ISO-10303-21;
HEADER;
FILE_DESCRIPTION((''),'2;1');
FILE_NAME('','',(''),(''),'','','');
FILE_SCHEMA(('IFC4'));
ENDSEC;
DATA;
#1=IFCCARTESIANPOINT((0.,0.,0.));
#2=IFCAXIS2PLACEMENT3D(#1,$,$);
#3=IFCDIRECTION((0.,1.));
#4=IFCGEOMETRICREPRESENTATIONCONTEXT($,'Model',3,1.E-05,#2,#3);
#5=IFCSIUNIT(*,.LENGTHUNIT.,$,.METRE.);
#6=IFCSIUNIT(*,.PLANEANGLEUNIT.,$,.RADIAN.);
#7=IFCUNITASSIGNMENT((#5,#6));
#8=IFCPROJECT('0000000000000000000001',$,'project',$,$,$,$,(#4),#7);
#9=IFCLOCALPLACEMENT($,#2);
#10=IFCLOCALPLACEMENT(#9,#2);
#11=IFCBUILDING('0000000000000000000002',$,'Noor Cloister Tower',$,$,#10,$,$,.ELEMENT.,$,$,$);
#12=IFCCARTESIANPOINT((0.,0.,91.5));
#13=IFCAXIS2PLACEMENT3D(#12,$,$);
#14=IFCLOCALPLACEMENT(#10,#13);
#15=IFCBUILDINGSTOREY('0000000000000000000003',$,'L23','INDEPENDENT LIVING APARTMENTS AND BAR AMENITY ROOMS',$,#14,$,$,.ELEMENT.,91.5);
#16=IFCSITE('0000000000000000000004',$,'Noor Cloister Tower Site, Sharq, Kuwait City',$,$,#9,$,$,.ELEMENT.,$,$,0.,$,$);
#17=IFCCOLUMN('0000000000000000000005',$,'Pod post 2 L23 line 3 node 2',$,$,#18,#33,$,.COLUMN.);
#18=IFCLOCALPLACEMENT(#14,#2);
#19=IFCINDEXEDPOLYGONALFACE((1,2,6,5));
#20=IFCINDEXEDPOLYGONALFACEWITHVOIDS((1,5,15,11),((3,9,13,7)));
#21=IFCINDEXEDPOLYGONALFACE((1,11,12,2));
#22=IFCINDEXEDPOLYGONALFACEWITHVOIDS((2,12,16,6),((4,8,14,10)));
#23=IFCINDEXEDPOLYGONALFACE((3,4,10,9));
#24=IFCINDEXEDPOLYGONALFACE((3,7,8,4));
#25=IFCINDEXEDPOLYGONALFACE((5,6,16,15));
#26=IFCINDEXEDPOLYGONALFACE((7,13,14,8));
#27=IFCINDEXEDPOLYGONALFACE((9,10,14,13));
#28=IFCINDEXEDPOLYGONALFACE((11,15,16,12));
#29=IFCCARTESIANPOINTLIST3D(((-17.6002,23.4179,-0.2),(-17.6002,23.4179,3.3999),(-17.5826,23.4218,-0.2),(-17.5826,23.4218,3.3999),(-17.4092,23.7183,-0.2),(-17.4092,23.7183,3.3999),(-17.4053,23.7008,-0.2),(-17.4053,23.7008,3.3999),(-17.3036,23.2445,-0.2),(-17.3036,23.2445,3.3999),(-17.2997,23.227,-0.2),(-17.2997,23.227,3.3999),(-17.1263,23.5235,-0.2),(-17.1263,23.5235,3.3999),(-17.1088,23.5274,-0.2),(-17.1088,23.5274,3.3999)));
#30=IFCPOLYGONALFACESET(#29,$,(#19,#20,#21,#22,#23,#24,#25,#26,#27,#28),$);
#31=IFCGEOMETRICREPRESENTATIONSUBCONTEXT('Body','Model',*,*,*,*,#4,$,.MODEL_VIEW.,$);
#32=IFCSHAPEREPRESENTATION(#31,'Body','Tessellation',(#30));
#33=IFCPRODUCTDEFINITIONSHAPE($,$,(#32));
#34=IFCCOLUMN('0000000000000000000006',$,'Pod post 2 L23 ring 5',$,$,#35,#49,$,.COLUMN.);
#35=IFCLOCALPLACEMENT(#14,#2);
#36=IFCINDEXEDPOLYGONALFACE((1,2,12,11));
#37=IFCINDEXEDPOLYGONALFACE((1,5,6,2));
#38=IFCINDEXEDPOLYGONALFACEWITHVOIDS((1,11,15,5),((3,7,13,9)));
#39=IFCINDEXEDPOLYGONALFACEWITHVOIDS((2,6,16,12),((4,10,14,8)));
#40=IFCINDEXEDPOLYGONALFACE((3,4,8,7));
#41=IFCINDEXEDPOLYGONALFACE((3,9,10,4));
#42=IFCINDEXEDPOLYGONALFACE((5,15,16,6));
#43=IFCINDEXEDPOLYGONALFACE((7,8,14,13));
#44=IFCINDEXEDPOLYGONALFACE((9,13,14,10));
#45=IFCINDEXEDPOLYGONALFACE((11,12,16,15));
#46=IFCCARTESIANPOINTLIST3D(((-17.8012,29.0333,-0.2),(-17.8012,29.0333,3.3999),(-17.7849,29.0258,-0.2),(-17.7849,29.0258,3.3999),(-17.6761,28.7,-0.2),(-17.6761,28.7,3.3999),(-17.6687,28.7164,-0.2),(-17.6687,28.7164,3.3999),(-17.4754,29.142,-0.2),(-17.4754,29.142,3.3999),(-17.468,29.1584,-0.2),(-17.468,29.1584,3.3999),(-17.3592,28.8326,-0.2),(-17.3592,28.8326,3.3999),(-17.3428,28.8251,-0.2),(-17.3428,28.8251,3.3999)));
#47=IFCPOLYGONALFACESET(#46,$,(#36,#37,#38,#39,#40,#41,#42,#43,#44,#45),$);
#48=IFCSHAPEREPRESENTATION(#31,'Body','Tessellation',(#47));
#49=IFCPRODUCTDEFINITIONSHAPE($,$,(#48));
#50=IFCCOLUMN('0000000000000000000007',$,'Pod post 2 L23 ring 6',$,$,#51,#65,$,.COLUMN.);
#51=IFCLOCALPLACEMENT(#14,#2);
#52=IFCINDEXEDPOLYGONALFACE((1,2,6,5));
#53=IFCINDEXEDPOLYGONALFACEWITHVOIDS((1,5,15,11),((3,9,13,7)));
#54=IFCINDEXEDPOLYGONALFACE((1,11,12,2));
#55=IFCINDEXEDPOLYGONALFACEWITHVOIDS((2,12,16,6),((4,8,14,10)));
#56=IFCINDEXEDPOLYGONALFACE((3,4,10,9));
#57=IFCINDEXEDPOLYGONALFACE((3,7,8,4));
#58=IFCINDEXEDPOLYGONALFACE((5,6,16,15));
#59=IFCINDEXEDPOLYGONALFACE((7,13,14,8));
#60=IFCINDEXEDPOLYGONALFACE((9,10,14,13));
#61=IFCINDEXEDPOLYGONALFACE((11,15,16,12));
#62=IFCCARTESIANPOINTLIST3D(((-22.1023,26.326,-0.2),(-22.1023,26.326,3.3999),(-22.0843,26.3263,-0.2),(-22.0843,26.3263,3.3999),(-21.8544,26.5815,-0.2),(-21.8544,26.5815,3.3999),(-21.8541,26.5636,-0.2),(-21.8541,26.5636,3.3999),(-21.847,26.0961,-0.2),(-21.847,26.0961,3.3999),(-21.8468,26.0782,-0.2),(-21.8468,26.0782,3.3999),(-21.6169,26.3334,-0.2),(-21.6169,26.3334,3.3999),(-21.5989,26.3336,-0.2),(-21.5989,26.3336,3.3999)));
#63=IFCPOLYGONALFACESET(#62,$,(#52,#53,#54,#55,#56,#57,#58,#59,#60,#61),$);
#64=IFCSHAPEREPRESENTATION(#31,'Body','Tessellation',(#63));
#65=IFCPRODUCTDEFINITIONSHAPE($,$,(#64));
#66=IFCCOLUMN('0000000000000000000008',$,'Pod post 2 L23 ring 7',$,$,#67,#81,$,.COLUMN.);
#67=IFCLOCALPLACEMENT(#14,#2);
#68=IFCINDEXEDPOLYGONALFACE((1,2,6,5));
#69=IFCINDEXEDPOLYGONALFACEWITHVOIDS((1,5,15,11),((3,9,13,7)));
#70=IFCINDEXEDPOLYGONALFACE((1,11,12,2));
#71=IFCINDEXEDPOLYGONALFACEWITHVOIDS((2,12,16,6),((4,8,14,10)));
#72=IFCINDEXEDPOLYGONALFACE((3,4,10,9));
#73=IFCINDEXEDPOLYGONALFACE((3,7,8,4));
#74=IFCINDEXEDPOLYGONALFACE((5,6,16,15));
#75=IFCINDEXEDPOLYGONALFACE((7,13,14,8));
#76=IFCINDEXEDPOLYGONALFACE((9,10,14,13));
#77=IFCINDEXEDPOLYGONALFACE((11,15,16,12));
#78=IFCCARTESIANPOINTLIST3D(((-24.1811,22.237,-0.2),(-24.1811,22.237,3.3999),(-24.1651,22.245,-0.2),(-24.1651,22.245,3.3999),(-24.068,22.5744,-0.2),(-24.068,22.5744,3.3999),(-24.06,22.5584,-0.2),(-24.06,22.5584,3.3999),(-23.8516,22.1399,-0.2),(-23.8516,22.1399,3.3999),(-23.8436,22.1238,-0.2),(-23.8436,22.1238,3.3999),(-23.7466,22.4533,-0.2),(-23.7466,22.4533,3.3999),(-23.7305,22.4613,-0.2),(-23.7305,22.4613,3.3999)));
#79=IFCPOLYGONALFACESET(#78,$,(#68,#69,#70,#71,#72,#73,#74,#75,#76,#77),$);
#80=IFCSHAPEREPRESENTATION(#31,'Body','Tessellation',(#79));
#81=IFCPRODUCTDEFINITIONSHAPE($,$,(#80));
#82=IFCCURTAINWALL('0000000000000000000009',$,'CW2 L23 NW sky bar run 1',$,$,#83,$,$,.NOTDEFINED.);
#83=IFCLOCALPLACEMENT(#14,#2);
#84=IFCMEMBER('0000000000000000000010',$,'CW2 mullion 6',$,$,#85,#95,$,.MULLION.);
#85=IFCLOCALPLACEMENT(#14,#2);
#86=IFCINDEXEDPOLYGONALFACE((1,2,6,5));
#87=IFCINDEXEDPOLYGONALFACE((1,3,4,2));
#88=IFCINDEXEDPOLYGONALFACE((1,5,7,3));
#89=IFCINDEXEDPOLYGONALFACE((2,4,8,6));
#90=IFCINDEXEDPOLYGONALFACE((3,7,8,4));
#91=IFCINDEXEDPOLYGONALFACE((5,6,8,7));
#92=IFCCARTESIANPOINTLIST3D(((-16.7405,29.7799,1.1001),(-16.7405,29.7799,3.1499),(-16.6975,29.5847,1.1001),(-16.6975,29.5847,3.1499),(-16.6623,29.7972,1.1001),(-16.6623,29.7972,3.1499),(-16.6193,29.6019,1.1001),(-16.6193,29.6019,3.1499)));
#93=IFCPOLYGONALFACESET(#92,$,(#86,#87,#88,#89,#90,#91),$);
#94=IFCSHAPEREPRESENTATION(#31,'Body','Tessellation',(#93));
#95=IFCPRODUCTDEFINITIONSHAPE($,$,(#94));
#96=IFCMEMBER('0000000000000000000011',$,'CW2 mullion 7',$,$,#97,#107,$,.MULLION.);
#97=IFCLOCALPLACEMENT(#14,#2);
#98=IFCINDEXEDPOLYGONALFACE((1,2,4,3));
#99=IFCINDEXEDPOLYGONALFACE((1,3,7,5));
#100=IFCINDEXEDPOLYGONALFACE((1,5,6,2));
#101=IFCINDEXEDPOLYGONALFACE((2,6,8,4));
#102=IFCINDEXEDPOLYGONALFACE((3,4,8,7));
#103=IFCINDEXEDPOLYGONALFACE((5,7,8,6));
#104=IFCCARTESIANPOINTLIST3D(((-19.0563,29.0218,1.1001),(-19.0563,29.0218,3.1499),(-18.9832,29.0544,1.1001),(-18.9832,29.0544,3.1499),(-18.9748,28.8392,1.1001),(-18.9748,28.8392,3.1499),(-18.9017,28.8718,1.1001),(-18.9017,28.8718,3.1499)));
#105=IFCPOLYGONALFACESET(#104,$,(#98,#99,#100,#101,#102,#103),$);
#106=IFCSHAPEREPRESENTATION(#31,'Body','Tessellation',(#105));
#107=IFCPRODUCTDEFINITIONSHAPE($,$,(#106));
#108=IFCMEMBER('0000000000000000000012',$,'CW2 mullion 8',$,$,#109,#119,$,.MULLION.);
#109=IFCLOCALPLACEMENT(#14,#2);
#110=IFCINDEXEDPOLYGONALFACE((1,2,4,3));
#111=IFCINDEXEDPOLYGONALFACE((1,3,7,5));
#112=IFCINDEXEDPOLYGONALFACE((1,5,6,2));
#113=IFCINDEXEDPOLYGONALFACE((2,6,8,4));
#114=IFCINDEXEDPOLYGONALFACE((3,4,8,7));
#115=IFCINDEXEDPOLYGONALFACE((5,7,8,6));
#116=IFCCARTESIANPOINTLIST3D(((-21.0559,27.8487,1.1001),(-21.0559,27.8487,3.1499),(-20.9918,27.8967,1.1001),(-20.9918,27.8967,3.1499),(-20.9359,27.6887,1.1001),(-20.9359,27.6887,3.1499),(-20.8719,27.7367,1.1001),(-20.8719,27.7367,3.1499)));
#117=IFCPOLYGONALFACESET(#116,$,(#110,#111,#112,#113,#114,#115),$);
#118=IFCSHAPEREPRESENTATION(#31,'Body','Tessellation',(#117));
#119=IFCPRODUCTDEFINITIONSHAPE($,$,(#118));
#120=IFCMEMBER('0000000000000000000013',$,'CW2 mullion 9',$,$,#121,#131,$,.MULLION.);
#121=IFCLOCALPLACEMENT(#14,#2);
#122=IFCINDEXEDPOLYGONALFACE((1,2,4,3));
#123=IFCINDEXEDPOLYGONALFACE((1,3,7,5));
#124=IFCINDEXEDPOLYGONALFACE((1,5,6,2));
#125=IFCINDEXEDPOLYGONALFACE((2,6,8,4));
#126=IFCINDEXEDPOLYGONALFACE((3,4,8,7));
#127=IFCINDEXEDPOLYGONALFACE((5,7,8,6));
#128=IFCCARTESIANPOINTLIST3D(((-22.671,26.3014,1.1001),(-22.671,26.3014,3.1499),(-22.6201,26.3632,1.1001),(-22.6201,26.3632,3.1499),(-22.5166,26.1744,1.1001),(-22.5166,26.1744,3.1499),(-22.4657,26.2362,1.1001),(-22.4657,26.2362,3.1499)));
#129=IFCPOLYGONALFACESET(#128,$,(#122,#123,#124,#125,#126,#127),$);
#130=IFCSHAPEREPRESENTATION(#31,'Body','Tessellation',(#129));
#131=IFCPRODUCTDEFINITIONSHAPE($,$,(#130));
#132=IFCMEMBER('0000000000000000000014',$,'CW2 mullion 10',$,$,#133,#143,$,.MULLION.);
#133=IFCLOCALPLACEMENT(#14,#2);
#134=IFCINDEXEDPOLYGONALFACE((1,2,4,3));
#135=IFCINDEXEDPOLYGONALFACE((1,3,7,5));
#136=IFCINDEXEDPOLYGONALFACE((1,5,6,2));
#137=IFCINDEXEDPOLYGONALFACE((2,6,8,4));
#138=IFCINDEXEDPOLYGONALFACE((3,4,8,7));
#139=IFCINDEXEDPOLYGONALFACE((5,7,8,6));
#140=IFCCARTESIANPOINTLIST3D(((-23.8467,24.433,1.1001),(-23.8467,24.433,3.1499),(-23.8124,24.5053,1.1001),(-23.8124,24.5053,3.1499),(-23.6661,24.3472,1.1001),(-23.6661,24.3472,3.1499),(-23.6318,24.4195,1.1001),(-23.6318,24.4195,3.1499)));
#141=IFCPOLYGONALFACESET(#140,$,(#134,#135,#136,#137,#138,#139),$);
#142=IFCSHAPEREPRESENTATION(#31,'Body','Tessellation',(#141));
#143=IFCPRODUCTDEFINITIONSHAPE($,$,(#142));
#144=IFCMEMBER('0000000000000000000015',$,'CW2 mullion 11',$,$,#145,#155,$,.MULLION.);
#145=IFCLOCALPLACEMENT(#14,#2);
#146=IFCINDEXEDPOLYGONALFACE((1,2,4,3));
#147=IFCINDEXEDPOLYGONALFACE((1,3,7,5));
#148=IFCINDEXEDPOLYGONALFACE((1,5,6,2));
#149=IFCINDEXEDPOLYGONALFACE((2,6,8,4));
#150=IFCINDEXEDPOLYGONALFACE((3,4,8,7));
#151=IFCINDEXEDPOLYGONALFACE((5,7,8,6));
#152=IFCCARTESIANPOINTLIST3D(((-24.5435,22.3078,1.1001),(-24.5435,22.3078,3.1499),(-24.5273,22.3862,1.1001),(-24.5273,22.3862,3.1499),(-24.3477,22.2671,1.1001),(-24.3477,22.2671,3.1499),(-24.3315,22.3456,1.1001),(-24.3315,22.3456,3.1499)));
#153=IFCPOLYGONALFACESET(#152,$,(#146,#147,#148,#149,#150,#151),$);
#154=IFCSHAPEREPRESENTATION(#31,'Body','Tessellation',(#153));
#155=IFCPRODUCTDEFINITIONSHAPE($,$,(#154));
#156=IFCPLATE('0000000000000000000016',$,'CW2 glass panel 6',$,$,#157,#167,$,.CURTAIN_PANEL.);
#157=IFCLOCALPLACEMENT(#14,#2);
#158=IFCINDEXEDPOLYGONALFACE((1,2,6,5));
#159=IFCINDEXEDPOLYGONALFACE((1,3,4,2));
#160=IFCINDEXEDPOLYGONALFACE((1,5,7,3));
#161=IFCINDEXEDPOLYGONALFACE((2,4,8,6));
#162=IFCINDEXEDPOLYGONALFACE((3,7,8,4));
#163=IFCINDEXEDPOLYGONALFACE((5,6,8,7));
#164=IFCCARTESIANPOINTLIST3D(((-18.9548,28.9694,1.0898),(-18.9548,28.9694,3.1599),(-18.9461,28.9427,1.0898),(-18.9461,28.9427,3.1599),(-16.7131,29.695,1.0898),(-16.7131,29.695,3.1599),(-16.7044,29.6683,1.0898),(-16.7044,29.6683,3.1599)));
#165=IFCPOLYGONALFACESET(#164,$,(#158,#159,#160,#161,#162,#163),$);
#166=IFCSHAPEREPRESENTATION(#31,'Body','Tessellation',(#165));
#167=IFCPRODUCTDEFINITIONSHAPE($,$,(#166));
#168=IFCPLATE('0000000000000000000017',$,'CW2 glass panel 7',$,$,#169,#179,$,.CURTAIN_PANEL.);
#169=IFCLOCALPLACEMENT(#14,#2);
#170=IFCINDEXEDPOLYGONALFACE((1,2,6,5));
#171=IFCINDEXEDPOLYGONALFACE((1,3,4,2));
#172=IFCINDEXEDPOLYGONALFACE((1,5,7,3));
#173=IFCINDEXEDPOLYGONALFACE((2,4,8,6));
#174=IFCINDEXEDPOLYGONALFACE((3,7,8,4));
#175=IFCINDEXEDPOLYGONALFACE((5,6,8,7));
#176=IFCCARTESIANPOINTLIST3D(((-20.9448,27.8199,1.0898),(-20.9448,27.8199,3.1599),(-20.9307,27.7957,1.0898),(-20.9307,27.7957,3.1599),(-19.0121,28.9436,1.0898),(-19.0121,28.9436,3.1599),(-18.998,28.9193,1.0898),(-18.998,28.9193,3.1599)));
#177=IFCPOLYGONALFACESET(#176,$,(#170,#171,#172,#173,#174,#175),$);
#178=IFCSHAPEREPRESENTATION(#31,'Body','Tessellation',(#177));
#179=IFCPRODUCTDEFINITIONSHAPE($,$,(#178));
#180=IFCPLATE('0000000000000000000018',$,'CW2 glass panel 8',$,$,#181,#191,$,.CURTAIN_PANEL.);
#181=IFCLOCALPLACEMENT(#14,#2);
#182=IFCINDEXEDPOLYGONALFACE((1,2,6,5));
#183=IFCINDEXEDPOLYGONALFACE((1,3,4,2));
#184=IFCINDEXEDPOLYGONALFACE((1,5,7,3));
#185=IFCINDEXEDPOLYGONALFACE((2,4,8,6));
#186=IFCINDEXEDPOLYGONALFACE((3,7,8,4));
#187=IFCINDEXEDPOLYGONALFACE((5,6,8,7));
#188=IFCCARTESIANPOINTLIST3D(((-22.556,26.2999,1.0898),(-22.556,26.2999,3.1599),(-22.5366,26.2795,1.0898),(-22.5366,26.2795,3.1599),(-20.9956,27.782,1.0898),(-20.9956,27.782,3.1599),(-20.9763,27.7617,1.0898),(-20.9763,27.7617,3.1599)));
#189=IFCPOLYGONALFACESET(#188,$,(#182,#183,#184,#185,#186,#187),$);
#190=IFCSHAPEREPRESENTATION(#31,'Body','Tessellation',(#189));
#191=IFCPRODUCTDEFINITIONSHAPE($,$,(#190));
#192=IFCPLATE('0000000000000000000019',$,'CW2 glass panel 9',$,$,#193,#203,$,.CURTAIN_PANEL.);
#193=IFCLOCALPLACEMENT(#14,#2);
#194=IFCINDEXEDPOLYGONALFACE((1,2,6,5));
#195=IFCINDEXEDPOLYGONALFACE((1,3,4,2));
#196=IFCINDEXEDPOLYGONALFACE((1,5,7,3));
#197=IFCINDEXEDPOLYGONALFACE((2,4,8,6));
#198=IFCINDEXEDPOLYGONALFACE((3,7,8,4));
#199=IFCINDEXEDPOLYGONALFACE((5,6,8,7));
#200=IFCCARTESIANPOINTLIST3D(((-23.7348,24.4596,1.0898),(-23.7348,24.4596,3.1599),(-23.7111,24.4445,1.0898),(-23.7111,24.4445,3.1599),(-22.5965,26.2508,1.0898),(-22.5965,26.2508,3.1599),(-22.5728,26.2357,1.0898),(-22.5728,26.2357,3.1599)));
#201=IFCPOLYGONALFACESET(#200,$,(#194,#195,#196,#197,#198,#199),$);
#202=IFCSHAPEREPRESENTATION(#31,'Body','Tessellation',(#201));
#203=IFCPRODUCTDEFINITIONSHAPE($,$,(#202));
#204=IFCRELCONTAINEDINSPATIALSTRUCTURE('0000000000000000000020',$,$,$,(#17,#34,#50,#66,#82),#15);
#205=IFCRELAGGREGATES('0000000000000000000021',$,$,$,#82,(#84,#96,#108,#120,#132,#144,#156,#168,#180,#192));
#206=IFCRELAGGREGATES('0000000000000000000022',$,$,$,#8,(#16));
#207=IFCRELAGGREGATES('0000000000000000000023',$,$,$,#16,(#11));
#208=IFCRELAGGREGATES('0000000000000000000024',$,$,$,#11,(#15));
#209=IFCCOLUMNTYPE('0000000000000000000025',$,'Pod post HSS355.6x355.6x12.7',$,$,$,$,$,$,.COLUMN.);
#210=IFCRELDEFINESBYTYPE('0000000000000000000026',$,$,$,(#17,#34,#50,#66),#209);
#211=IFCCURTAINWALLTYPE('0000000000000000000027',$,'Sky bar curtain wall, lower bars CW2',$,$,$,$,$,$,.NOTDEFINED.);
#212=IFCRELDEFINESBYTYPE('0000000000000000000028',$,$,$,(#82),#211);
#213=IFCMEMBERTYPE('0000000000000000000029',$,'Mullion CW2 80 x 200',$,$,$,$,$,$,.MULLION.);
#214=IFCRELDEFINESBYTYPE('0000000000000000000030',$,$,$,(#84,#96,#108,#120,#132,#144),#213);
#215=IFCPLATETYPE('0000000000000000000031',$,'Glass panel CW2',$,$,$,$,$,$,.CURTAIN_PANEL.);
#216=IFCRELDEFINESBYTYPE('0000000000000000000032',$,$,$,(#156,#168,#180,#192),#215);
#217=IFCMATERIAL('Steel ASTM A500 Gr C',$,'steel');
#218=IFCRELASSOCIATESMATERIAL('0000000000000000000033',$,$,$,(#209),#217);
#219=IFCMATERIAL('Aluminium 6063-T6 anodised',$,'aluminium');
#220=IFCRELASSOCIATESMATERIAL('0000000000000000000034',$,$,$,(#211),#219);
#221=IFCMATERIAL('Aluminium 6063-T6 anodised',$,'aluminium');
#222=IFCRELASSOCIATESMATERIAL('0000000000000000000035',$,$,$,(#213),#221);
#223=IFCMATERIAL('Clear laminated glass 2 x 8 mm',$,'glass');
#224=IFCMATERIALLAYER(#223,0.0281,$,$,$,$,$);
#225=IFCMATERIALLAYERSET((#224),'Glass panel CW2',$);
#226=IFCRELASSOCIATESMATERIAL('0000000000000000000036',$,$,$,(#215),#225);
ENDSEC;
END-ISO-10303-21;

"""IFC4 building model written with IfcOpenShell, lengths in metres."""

from ifc_helpers import new_model, si_unit, direction, frame, origin, origin_2d, place, context, subcontext, project, spatial, rectangle, hollow_rectangle, extrude, material, layer, layer_set, material_profile, profile_set, type_object, element, aggregate, save


model = new_model("IFC4")

# Units and contexts
model_context = context("Model", 3, precision=1e-05, world=origin(), true_north=direction((0.0, 1.0)))
body_context = subcontext(model_context, "Body", "Model", "MODEL_VIEW")
ifc_project = project(units=[si_unit("LENGTHUNIT", "METRE"), si_unit("PLANEANGLEUNIT", "RADIAN")], contexts=[model_context])

# Site, building, storey
site_placement = place(None, origin())
site = spatial("IfcSite", under=ifc_project, at=site_placement, Name="Noor Cloister Tower Site, Sharq, Kuwait City", CompositionType="ELEMENT", RefElevation=0.0)
building_placement = place(site_placement, origin())
building = spatial("IfcBuilding", under=site, at=building_placement, Name="Noor Cloister Tower", CompositionType="ELEMENT")
storey_placement = place(building_placement, frame((0.0, 0.0, 91.5)))
storey = spatial("IfcBuildingStorey", under=building, at=storey_placement, Name="L23", Description="INDEPENDENT LIVING APARTMENTS AND BAR AMENITY ROOMS", CompositionType="ELEMENT", Elevation=91.5)

# Columns
ifc_material_1 = material(Name="Steel ASTM A500 Gr C", Category="steel")
ifc_material_profile_1 = material_profile(ifc_material_1, hollow_rectangle(XDim=0.356, YDim=0.356, WallThickness=0.0127, at=origin_2d()), Name="HSS355.6x355.6x12.7")
ifc_profile_set_1 = profile_set([ifc_material_profile_1], Name="Steel ASTM A500 Gr C")
column_type = type_object("IfcColumnType", Name="Pod post HSS355.6x355.6x12.7", PredefinedType="COLUMN", material=ifc_profile_set_1)
for number, where, z_axis, x_axis, name in (
    (1, (-17.3545, 23.4727, -0.2), (0.0, 0.0, 1.0), (-0.843996, 0.53635, 0.0), "Pod post 2 L23 line 3 node 2"),
    (2, (-17.572, 28.9292, -0.2), (0.0, 0.0, 1.0), (-0.936173, -0.351541, 0.0), "Pod post 2 L23 ring 5"),
    (3, (-21.8506, 26.3298, -0.2), (0.0, 0.0, 1.0), (-0.696323, -0.717728, 0.0), "Pod post 2 L23 ring 6"),
    (4, (-23.9558, 22.3491, -0.2), (0.0, 0.0, 1.0), (-0.317909, -0.948121, 0.0), "Pod post 2 L23 ring 7"),
):
    element("IfcColumn", number, at=place(storey_placement, frame(where, z_axis=z_axis, x_axis=x_axis)), inside=storey, type_object=column_type, Name=name, PredefinedType="COLUMN", context=body_context, shape_type="SweptSolid", body=[
        extrude(hollow_rectangle(XDim=0.356, YDim=0.356, WallThickness=0.0127, at=origin_2d()), origin(), (0.0, 0.0, 1.0), 3.5999),
    ])

# Curtain wall, members, plates
ifc_material_2 = material(Name="Aluminium 6063-T6 anodised", Category="aluminium")
curtain_wall_type = type_object("IfcCurtainWallType", Name="Sky bar curtain wall, lower bars CW2", PredefinedType="NOTDEFINED", material=ifc_material_2)
curtain_wall_placement = place(storey_placement, origin())
curtain_wall = element("IfcCurtainWall", 5, at=curtain_wall_placement, inside=storey, type_object=curtain_wall_type, Name="CW2 L23 NW sky bar run 1", PredefinedType="NOTDEFINED")
ifc_material_3 = material(Name="Aluminium 6063-T6 anodised", Category="aluminium")
ifc_material_profile_2 = material_profile(ifc_material_3, rectangle(XDim=0.2, YDim=0.0801, at=origin_2d()), Name="200 x 80 mullion")
ifc_profile_set_2 = profile_set([ifc_material_profile_2], Name="Aluminium 6063-T6 anodised")
member_type = type_object("IfcMemberType", Name="Mullion CW2 80 x 200", PredefinedType="MULLION", material=ifc_profile_set_2)
member_1_placement = place(storey_placement, frame((-16.6799, 29.6909, 1.1001), z_axis=(0.0, 0.0, 1.0), x_axis=(0.215218, -0.976566, 0.0)))
member_1 = element("IfcMember", 6, at=member_1_placement, type_object=member_type, Name="CW2 mullion 6", PredefinedType="MULLION", context=body_context, shape_type="SweptSolid", body=[
    extrude(rectangle(XDim=0.2, YDim=0.0801, at=origin_2d()), origin(), (0.0, 0.0, 1.0), 2.0498),
])
member_2_placement = place(storey_placement, frame((-18.979, 28.9468, 1.1001), z_axis=(0.0, 0.0, 1.0), x_axis=(0.407604, -0.913159, 0.0)))
member_2 = element("IfcMember", 7, at=member_2_placement, type_object=member_type, Name="CW2 mullion 7", PredefinedType="MULLION", context=body_context, shape_type="SweptSolid", body=[
    extrude(rectangle(XDim=0.2, YDim=0.0801, at=origin_2d()), origin(), (0.0, 0.0, 1.0), 2.0498),
])
member_3_placement = place(storey_placement, frame((-20.9639, 27.7927, 1.1001), z_axis=(0.0, 0.0, 1.0), x_axis=(0.599729, -0.800203, 0.0)))
member_3 = element("IfcMember", 8, at=member_3_placement, type_object=member_type, Name="CW2 mullion 8", PredefinedType="MULLION", context=body_context, shape_type="SweptSolid", body=[
    extrude(rectangle(XDim=0.2, YDim=0.0801, at=origin_2d()), origin(), (0.0, 0.0, 1.0), 2.0498),
])
member_4_placement = place(storey_placement, frame((-22.5684, 26.2688, 1.1001), z_axis=(0.0, 0.0, 1.0), x_axis=(0.772133, -0.635461, 0.0)))
member_4 = element("IfcMember", 9, at=member_4_placement, type_object=member_type, Name="CW2 mullion 9", PredefinedType="MULLION", context=body_context, shape_type="SweptSolid", body=[
    extrude(rectangle(XDim=0.2, YDim=0.0801, at=origin_2d()), origin(), (0.0, 0.0, 1.0), 2.0498),
])
member_5_placement = place(storey_placement, frame((-23.7393, 24.4263, 1.1001), z_axis=(0.0, 0.0, 1.0), x_axis=(0.903209, -0.429201, 0.0)))
member_5 = element("IfcMember", 10, at=member_5_placement, type_object=member_type, Name="CW2 mullion 10", PredefinedType="MULLION", context=body_context, shape_type="SweptSolid", body=[
    extrude(rectangle(XDim=0.2, YDim=0.0801, at=origin_2d()), origin(), (0.0, 0.0, 1.0), 2.0498),
])
member_6_placement = place(storey_placement, frame((-24.4375, 22.3267, 1.1001), z_axis=(0.0, 0.0, 1.0), x_axis=(0.979147, -0.203155, 0.0)))
member_6 = element("IfcMember", 11, at=member_6_placement, type_object=member_type, Name="CW2 mullion 11", PredefinedType="MULLION", context=body_context, shape_type="SweptSolid", body=[
    extrude(rectangle(XDim=0.2, YDim=0.0801, at=origin_2d()), origin(), (0.0, 0.0, 1.0), 2.0498),
])
ifc_material_4 = material(Name="Clear laminated glass 2 x 8 mm", Category="glass")
ifc_layer_1 = layer(ifc_material_4, 0.0281)
ifc_layer_set_1 = layer_set([ifc_layer_1], Name="Glass panel CW2")
plate_type = type_object("IfcPlateType", Name="Glass panel CW2", PredefinedType="CURTAIN_PANEL", material=ifc_layer_set_1)
plate_1_placement = place(storey_placement, frame((-17.8296, 29.3188, 1.0898), z_axis=(0.0, 0.0, 1.0), x_axis=(-0.951406, -0.307939, 0.0)))
plate_1 = element("IfcPlate", 12, at=plate_1_placement, type_object=plate_type, Name="CW2 glass panel 6", PredefinedType="CURTAIN_PANEL", context=body_context, shape_type="SweptSolid", body=[
    extrude(rectangle(XDim=2.3562, YDim=0.0281, at=origin_2d()), origin(), (0.0, 0.0, 1.0), 2.0701),
])
plate_2_placement = place(storey_placement, frame((-19.9714, 28.3696, 1.0898), z_axis=(0.0, 0.0, 1.0), x_axis=(-0.864505, -0.502624, 0.0)))
plate_2 = element("IfcPlate", 13, at=plate_2_placement, type_object=plate_type, Name="CW2 glass panel 7", PredefinedType="CURTAIN_PANEL", context=body_context, shape_type="SweptSolid", body=[
    extrude(rectangle(XDim=2.2356, YDim=0.0281, at=origin_2d()), origin(), (0.0, 0.0, 1.0), 2.0701),
])
plate_3_placement = place(storey_placement, frame((-21.7661, 27.0308, 1.0898), z_axis=(0.0, 0.0, 1.0), x_axis=(-0.725048, -0.688698, 0.0)))
plate_3 = element("IfcPlate", 14, at=plate_3_placement, type_object=plate_type, Name="CW2 glass panel 8", PredefinedType="CURTAIN_PANEL", context=body_context, shape_type="SweptSolid", body=[
    extrude(rectangle(XDim=2.1521, YDim=0.0281, at=origin_2d()), origin(), (0.0, 0.0, 1.0), 2.0701),
])
plate_4_placement = place(storey_placement, frame((-23.1538, 25.3477, 1.0898), z_axis=(0.0, 0.0, 1.0), x_axis=(-0.53635, -0.843995, 0.0)))
plate_4 = element("IfcPlate", 15, at=plate_4_placement, type_object=plate_type, Name="CW2 glass panel 9", PredefinedType="CURTAIN_PANEL", context=body_context, shape_type="SweptSolid", body=[
    extrude(rectangle(XDim=2.1223, YDim=0.0281, at=origin_2d()), origin(), (0.0, 0.0, 1.0), 2.0701),
])
aggregate(curtain_wall, [member_1, member_2, member_3, member_4, member_5, member_6, plate_1, plate_2, plate_3, plate_4])

save(model, "model.ifc")
